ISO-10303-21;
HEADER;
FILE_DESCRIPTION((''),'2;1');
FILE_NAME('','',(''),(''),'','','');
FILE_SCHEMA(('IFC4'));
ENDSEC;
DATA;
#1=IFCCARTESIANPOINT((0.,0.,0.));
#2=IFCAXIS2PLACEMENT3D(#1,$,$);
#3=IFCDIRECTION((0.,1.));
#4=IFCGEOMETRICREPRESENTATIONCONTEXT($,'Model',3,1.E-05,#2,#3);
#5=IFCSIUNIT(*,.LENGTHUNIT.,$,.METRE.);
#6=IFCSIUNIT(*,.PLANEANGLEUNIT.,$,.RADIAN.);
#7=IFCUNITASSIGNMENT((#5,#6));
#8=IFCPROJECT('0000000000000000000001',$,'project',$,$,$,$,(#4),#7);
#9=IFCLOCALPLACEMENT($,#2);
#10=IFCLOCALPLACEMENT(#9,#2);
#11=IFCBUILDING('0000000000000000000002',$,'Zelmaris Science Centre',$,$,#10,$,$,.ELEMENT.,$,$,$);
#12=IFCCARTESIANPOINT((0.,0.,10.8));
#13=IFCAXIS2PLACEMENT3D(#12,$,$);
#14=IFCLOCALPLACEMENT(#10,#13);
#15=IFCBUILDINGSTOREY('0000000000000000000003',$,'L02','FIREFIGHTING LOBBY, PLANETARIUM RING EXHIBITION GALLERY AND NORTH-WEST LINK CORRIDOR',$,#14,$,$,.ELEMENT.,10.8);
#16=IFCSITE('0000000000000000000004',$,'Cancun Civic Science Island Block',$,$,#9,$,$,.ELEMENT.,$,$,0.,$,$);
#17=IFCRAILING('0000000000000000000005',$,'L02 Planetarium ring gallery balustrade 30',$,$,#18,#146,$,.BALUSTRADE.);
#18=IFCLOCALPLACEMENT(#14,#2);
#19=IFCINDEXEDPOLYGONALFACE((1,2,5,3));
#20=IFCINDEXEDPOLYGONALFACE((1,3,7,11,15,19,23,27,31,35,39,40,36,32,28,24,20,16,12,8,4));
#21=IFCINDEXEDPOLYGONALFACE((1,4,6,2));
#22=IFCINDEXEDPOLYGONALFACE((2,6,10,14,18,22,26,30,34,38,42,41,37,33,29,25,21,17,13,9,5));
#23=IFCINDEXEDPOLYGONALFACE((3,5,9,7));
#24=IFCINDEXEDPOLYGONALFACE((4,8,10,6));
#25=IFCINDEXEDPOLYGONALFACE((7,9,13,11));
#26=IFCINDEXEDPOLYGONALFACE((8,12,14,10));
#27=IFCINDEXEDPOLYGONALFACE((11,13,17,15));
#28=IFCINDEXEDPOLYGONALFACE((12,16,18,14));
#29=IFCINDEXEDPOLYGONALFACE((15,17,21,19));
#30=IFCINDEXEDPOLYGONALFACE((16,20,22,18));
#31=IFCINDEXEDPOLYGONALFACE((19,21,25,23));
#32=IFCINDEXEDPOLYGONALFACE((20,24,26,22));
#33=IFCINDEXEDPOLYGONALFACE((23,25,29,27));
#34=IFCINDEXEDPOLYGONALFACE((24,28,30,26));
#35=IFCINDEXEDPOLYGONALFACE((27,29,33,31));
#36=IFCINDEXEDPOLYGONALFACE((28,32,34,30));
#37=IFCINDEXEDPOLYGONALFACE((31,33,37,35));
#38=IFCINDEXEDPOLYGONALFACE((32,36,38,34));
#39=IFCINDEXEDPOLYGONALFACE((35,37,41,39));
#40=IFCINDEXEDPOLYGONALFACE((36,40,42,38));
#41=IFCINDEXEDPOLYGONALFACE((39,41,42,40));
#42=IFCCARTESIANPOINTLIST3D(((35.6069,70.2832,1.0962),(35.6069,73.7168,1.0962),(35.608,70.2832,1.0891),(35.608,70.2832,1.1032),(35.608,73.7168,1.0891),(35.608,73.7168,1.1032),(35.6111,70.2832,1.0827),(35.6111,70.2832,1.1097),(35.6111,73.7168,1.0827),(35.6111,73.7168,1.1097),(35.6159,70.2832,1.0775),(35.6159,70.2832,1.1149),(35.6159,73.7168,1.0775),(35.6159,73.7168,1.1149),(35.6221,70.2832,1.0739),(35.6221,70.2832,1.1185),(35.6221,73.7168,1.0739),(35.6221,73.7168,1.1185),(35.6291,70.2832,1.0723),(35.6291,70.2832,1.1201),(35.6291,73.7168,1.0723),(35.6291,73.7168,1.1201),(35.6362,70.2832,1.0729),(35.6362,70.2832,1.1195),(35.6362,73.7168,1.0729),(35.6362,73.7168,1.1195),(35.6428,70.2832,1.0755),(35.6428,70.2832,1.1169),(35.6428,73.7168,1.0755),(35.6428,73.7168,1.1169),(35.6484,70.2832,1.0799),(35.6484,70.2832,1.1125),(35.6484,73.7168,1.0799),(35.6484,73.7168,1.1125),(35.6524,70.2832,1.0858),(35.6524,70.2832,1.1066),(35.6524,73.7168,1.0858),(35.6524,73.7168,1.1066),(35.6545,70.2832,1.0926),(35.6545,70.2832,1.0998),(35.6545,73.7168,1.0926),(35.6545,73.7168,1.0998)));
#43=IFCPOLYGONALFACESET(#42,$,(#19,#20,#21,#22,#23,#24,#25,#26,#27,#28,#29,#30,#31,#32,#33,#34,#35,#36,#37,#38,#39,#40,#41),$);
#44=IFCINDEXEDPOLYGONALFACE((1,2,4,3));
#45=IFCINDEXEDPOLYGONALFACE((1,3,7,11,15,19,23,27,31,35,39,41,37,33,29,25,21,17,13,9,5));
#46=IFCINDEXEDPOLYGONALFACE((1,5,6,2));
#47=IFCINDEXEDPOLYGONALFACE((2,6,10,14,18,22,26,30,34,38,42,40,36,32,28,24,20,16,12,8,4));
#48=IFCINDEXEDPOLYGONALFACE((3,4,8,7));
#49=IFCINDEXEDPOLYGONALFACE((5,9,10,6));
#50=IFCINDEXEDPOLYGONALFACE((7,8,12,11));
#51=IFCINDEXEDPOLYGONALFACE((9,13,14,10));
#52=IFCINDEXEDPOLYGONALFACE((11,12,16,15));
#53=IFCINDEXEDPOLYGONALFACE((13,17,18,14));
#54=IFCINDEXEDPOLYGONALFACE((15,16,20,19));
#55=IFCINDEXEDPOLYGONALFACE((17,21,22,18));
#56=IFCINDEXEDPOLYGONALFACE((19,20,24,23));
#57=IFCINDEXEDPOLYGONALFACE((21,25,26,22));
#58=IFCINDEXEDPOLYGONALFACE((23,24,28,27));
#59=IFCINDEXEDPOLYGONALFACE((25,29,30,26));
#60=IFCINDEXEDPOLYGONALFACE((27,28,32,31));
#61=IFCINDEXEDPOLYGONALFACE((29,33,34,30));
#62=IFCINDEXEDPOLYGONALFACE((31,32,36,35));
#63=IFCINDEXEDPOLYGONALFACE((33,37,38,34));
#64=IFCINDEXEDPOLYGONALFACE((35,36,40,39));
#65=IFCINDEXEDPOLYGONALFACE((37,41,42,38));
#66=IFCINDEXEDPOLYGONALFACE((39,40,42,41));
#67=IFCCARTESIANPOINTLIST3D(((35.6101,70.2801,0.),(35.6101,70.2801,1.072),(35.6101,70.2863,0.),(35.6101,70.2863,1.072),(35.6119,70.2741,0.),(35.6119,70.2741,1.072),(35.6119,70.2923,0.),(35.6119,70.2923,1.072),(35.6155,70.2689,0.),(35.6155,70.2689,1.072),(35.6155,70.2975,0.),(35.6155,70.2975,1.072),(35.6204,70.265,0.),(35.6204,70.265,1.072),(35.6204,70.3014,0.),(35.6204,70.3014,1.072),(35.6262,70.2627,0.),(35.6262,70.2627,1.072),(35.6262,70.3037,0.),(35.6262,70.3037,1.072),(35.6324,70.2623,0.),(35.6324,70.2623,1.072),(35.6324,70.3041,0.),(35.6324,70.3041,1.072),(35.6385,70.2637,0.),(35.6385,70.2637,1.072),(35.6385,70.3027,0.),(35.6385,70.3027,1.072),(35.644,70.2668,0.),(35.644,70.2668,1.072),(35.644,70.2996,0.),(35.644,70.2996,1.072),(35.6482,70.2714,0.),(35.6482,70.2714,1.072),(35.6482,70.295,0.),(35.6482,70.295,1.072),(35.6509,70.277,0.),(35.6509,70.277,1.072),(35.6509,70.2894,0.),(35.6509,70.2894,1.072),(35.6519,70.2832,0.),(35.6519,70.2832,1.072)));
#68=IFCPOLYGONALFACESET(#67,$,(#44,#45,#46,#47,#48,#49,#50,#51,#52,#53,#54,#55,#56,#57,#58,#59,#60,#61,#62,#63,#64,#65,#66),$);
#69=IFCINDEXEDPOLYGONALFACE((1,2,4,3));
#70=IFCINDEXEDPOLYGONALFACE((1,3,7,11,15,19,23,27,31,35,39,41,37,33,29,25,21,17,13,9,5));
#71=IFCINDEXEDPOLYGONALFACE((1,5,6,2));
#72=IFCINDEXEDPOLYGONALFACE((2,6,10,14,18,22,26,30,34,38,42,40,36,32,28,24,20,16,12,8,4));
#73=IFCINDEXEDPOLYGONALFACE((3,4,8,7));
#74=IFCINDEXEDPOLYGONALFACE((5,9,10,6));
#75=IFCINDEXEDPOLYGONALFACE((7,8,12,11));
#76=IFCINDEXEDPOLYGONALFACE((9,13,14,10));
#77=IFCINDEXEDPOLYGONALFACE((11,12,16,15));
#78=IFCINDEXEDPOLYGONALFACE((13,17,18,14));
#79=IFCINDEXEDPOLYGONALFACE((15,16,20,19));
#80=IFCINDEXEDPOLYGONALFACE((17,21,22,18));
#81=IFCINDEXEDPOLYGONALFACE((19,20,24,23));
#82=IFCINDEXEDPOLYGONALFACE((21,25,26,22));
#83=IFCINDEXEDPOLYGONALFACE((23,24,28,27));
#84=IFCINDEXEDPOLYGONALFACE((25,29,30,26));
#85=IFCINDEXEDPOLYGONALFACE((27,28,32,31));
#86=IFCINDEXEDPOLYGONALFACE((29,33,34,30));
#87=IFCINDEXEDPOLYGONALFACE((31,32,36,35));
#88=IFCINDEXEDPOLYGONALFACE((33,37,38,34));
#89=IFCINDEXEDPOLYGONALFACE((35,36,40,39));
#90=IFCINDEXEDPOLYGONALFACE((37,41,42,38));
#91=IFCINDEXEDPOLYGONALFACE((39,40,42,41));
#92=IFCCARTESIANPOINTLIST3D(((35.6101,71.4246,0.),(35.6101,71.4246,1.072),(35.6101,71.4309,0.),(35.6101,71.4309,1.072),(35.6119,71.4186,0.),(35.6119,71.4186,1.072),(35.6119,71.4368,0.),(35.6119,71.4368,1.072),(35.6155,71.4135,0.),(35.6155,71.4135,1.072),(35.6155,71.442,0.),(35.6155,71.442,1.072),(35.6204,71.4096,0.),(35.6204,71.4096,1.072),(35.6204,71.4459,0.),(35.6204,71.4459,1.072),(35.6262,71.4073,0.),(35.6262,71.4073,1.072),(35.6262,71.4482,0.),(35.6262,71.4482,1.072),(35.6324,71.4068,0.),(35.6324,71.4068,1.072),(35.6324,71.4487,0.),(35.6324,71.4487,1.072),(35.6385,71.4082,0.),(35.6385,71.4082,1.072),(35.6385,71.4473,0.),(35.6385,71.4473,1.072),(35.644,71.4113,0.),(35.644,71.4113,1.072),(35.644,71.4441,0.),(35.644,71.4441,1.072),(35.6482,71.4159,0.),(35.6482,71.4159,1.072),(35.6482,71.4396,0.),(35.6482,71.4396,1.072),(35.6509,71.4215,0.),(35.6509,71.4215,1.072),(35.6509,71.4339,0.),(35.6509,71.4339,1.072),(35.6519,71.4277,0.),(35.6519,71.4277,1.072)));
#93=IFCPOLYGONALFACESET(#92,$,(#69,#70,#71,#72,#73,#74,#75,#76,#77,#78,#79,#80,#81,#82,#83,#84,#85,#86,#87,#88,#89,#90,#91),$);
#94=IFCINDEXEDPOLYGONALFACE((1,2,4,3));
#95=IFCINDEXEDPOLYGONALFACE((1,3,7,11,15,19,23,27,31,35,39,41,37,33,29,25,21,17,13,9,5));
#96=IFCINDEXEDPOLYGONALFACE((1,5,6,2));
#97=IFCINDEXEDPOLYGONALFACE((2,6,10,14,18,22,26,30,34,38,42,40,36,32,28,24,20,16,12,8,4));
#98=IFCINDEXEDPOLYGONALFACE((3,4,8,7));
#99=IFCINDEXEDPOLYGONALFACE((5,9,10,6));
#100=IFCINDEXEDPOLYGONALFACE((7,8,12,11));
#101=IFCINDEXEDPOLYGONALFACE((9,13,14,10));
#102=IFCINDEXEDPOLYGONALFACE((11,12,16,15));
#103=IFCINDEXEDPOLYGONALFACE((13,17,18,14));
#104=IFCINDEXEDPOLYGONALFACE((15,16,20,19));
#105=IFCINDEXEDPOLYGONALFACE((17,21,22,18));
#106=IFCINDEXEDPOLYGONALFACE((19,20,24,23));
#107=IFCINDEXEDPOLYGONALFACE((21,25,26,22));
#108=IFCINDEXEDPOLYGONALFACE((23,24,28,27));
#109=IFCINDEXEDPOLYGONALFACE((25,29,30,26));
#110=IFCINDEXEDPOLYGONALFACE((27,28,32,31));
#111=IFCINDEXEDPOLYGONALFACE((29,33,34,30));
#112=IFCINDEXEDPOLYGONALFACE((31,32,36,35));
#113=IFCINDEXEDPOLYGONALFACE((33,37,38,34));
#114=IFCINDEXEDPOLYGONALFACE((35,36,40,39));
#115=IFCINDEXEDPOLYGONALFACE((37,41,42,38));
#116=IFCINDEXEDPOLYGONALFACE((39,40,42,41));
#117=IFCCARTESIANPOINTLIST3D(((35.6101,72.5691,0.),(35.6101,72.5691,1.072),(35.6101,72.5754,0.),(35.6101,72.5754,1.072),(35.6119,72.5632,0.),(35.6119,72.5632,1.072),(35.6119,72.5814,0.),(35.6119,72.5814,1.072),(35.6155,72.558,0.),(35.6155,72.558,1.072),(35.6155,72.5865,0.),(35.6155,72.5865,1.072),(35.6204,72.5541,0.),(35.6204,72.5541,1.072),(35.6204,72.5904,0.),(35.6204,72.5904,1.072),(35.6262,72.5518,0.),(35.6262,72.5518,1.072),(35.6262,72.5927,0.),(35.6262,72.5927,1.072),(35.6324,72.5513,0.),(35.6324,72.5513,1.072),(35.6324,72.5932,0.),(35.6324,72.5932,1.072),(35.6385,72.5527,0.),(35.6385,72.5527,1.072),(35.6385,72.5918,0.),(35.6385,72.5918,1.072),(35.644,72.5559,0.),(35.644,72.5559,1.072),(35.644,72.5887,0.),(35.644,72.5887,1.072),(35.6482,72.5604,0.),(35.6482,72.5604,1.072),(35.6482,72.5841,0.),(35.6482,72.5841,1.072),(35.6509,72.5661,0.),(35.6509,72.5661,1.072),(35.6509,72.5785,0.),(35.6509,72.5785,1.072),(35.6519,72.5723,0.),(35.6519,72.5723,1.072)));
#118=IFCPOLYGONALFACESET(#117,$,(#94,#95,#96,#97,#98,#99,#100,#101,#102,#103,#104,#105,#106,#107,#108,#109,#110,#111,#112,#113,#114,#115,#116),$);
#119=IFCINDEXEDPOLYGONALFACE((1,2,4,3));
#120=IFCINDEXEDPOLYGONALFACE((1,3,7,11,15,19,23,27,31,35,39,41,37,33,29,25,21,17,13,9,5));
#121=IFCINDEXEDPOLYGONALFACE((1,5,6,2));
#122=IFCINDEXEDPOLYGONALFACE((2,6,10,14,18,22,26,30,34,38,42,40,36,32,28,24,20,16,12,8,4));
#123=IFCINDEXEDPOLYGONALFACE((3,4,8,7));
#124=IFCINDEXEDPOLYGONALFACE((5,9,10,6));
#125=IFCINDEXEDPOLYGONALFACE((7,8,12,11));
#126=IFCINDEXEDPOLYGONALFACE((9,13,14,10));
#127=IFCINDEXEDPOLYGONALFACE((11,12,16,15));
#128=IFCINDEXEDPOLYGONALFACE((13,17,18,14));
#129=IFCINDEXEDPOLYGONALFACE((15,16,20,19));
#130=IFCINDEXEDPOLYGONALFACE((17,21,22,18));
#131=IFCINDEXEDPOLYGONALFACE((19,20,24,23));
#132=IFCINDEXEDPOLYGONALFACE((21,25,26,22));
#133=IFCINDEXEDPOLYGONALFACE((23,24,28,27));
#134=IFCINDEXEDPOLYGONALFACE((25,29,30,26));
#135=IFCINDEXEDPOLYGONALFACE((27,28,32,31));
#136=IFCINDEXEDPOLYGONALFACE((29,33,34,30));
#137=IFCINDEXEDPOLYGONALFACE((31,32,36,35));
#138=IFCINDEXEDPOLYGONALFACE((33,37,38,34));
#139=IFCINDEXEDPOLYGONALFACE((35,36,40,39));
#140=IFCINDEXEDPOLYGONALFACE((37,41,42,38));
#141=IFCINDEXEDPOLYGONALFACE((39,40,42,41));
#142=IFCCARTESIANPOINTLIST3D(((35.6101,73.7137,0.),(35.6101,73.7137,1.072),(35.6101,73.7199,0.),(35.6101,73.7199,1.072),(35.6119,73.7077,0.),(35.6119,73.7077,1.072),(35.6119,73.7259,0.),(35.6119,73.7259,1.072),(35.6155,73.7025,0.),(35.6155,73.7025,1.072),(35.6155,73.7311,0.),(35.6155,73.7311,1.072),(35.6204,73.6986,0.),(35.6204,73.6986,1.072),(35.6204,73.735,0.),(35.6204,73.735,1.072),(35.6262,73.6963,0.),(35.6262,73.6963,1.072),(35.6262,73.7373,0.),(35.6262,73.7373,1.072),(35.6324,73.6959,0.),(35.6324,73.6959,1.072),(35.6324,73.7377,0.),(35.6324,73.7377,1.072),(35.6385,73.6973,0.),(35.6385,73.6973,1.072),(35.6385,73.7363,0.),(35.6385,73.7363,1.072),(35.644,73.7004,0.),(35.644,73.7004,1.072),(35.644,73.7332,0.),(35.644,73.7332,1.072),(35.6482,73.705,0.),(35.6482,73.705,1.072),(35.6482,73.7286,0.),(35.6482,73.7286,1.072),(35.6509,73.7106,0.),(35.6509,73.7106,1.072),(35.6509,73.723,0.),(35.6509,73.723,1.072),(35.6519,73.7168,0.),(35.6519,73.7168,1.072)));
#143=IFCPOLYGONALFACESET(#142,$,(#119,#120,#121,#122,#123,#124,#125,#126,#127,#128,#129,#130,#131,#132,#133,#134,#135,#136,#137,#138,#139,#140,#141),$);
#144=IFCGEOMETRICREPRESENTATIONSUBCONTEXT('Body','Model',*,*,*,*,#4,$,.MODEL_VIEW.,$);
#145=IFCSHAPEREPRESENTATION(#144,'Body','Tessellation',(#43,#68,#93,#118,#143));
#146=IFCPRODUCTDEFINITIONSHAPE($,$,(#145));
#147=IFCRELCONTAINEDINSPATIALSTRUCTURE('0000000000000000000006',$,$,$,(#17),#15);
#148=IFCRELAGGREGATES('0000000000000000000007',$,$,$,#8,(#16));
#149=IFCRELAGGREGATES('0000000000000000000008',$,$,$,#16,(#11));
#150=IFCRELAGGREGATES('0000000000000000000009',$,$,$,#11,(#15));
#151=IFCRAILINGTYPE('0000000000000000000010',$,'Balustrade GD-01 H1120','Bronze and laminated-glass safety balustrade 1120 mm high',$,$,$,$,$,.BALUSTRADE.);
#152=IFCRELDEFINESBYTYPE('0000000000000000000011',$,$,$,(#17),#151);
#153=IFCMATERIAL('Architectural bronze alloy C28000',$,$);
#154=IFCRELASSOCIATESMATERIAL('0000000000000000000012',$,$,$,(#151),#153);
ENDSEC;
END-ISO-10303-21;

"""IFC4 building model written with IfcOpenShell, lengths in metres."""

from ifc_helpers import new_model, si_unit, direction, frame, origin, origin_2d, place, context, subcontext, project, spatial, circle, extrude, material, type_object, element, save


model = new_model("IFC4")

# Units and contexts
model_context = context("Model", 3, precision=1e-05, world=origin(), true_north=direction((0.0, 1.0)))
body_context = subcontext(model_context, "Body", "Model", "MODEL_VIEW")
ifc_project = project(units=[si_unit("LENGTHUNIT", "METRE"), si_unit("PLANEANGLEUNIT", "RADIAN")], contexts=[model_context])

# Site, building, storey
site_placement = place(None, origin())
site = spatial("IfcSite", under=ifc_project, at=site_placement, Name="Cancun Civic Science Island Block", CompositionType="ELEMENT", RefElevation=0.0)
building_placement = place(site_placement, origin())
building = spatial("IfcBuilding", under=site, at=building_placement, Name="Zelmaris Science Centre", CompositionType="ELEMENT")
storey_placement = place(building_placement, frame((0.0, 0.0, 10.8)))
storey = spatial("IfcBuildingStorey", under=building, at=storey_placement, Name="L02", Description="FIREFIGHTING LOBBY, PLANETARIUM RING EXHIBITION GALLERY AND NORTH-WEST LINK CORRIDOR", CompositionType="ELEMENT", Elevation=10.8)

# Railing
ifc_material_1 = material(Name="Architectural bronze alloy C28000")
railing_type = type_object("IfcRailingType", Name="Balustrade GD-01 H1120", Description="Bronze and laminated-glass safety balustrade 1120 mm high", PredefinedType="BALUSTRADE", material=ifc_material_1)
railing_1_placement = place(storey_placement, frame((35.6309, 70.2832, 0.0)))
element("IfcRailing", 1, at=railing_1_placement, inside=storey, type_object=railing_type, Name="L02 Planetarium ring gallery balustrade 30", PredefinedType="BALUSTRADE", context=body_context, shape_type="SweptSolid", body=[
    extrude(circle(Radius=0.0239, at=origin_2d()), frame((0.0, 0.0, 1.0962), z_axis=(0.0, 1.0, 0.0), x_axis=(-1.0, 0.0, 0.0)), (0.0, 0.0, 1.0), 3.4336),
    extrude(circle(Radius=0.021, at=origin_2d()), origin(), (0.0, 0.0, 1.0), 1.072),
    extrude(circle(Radius=0.021, at=origin_2d()), frame((0.0, 1.1445, 0.0)), (0.0, 0.0, 1.0), 1.072),
    extrude(circle(Radius=0.021, at=origin_2d()), frame((0.0, 2.2891, 0.0)), (0.0, 0.0, 1.0), 1.072),
    extrude(circle(Radius=0.021, at=origin_2d()), frame((0.0, 3.4336, 0.0)), (0.0, 0.0, 1.0), 1.072),
])

save(model, "model.ifc")
